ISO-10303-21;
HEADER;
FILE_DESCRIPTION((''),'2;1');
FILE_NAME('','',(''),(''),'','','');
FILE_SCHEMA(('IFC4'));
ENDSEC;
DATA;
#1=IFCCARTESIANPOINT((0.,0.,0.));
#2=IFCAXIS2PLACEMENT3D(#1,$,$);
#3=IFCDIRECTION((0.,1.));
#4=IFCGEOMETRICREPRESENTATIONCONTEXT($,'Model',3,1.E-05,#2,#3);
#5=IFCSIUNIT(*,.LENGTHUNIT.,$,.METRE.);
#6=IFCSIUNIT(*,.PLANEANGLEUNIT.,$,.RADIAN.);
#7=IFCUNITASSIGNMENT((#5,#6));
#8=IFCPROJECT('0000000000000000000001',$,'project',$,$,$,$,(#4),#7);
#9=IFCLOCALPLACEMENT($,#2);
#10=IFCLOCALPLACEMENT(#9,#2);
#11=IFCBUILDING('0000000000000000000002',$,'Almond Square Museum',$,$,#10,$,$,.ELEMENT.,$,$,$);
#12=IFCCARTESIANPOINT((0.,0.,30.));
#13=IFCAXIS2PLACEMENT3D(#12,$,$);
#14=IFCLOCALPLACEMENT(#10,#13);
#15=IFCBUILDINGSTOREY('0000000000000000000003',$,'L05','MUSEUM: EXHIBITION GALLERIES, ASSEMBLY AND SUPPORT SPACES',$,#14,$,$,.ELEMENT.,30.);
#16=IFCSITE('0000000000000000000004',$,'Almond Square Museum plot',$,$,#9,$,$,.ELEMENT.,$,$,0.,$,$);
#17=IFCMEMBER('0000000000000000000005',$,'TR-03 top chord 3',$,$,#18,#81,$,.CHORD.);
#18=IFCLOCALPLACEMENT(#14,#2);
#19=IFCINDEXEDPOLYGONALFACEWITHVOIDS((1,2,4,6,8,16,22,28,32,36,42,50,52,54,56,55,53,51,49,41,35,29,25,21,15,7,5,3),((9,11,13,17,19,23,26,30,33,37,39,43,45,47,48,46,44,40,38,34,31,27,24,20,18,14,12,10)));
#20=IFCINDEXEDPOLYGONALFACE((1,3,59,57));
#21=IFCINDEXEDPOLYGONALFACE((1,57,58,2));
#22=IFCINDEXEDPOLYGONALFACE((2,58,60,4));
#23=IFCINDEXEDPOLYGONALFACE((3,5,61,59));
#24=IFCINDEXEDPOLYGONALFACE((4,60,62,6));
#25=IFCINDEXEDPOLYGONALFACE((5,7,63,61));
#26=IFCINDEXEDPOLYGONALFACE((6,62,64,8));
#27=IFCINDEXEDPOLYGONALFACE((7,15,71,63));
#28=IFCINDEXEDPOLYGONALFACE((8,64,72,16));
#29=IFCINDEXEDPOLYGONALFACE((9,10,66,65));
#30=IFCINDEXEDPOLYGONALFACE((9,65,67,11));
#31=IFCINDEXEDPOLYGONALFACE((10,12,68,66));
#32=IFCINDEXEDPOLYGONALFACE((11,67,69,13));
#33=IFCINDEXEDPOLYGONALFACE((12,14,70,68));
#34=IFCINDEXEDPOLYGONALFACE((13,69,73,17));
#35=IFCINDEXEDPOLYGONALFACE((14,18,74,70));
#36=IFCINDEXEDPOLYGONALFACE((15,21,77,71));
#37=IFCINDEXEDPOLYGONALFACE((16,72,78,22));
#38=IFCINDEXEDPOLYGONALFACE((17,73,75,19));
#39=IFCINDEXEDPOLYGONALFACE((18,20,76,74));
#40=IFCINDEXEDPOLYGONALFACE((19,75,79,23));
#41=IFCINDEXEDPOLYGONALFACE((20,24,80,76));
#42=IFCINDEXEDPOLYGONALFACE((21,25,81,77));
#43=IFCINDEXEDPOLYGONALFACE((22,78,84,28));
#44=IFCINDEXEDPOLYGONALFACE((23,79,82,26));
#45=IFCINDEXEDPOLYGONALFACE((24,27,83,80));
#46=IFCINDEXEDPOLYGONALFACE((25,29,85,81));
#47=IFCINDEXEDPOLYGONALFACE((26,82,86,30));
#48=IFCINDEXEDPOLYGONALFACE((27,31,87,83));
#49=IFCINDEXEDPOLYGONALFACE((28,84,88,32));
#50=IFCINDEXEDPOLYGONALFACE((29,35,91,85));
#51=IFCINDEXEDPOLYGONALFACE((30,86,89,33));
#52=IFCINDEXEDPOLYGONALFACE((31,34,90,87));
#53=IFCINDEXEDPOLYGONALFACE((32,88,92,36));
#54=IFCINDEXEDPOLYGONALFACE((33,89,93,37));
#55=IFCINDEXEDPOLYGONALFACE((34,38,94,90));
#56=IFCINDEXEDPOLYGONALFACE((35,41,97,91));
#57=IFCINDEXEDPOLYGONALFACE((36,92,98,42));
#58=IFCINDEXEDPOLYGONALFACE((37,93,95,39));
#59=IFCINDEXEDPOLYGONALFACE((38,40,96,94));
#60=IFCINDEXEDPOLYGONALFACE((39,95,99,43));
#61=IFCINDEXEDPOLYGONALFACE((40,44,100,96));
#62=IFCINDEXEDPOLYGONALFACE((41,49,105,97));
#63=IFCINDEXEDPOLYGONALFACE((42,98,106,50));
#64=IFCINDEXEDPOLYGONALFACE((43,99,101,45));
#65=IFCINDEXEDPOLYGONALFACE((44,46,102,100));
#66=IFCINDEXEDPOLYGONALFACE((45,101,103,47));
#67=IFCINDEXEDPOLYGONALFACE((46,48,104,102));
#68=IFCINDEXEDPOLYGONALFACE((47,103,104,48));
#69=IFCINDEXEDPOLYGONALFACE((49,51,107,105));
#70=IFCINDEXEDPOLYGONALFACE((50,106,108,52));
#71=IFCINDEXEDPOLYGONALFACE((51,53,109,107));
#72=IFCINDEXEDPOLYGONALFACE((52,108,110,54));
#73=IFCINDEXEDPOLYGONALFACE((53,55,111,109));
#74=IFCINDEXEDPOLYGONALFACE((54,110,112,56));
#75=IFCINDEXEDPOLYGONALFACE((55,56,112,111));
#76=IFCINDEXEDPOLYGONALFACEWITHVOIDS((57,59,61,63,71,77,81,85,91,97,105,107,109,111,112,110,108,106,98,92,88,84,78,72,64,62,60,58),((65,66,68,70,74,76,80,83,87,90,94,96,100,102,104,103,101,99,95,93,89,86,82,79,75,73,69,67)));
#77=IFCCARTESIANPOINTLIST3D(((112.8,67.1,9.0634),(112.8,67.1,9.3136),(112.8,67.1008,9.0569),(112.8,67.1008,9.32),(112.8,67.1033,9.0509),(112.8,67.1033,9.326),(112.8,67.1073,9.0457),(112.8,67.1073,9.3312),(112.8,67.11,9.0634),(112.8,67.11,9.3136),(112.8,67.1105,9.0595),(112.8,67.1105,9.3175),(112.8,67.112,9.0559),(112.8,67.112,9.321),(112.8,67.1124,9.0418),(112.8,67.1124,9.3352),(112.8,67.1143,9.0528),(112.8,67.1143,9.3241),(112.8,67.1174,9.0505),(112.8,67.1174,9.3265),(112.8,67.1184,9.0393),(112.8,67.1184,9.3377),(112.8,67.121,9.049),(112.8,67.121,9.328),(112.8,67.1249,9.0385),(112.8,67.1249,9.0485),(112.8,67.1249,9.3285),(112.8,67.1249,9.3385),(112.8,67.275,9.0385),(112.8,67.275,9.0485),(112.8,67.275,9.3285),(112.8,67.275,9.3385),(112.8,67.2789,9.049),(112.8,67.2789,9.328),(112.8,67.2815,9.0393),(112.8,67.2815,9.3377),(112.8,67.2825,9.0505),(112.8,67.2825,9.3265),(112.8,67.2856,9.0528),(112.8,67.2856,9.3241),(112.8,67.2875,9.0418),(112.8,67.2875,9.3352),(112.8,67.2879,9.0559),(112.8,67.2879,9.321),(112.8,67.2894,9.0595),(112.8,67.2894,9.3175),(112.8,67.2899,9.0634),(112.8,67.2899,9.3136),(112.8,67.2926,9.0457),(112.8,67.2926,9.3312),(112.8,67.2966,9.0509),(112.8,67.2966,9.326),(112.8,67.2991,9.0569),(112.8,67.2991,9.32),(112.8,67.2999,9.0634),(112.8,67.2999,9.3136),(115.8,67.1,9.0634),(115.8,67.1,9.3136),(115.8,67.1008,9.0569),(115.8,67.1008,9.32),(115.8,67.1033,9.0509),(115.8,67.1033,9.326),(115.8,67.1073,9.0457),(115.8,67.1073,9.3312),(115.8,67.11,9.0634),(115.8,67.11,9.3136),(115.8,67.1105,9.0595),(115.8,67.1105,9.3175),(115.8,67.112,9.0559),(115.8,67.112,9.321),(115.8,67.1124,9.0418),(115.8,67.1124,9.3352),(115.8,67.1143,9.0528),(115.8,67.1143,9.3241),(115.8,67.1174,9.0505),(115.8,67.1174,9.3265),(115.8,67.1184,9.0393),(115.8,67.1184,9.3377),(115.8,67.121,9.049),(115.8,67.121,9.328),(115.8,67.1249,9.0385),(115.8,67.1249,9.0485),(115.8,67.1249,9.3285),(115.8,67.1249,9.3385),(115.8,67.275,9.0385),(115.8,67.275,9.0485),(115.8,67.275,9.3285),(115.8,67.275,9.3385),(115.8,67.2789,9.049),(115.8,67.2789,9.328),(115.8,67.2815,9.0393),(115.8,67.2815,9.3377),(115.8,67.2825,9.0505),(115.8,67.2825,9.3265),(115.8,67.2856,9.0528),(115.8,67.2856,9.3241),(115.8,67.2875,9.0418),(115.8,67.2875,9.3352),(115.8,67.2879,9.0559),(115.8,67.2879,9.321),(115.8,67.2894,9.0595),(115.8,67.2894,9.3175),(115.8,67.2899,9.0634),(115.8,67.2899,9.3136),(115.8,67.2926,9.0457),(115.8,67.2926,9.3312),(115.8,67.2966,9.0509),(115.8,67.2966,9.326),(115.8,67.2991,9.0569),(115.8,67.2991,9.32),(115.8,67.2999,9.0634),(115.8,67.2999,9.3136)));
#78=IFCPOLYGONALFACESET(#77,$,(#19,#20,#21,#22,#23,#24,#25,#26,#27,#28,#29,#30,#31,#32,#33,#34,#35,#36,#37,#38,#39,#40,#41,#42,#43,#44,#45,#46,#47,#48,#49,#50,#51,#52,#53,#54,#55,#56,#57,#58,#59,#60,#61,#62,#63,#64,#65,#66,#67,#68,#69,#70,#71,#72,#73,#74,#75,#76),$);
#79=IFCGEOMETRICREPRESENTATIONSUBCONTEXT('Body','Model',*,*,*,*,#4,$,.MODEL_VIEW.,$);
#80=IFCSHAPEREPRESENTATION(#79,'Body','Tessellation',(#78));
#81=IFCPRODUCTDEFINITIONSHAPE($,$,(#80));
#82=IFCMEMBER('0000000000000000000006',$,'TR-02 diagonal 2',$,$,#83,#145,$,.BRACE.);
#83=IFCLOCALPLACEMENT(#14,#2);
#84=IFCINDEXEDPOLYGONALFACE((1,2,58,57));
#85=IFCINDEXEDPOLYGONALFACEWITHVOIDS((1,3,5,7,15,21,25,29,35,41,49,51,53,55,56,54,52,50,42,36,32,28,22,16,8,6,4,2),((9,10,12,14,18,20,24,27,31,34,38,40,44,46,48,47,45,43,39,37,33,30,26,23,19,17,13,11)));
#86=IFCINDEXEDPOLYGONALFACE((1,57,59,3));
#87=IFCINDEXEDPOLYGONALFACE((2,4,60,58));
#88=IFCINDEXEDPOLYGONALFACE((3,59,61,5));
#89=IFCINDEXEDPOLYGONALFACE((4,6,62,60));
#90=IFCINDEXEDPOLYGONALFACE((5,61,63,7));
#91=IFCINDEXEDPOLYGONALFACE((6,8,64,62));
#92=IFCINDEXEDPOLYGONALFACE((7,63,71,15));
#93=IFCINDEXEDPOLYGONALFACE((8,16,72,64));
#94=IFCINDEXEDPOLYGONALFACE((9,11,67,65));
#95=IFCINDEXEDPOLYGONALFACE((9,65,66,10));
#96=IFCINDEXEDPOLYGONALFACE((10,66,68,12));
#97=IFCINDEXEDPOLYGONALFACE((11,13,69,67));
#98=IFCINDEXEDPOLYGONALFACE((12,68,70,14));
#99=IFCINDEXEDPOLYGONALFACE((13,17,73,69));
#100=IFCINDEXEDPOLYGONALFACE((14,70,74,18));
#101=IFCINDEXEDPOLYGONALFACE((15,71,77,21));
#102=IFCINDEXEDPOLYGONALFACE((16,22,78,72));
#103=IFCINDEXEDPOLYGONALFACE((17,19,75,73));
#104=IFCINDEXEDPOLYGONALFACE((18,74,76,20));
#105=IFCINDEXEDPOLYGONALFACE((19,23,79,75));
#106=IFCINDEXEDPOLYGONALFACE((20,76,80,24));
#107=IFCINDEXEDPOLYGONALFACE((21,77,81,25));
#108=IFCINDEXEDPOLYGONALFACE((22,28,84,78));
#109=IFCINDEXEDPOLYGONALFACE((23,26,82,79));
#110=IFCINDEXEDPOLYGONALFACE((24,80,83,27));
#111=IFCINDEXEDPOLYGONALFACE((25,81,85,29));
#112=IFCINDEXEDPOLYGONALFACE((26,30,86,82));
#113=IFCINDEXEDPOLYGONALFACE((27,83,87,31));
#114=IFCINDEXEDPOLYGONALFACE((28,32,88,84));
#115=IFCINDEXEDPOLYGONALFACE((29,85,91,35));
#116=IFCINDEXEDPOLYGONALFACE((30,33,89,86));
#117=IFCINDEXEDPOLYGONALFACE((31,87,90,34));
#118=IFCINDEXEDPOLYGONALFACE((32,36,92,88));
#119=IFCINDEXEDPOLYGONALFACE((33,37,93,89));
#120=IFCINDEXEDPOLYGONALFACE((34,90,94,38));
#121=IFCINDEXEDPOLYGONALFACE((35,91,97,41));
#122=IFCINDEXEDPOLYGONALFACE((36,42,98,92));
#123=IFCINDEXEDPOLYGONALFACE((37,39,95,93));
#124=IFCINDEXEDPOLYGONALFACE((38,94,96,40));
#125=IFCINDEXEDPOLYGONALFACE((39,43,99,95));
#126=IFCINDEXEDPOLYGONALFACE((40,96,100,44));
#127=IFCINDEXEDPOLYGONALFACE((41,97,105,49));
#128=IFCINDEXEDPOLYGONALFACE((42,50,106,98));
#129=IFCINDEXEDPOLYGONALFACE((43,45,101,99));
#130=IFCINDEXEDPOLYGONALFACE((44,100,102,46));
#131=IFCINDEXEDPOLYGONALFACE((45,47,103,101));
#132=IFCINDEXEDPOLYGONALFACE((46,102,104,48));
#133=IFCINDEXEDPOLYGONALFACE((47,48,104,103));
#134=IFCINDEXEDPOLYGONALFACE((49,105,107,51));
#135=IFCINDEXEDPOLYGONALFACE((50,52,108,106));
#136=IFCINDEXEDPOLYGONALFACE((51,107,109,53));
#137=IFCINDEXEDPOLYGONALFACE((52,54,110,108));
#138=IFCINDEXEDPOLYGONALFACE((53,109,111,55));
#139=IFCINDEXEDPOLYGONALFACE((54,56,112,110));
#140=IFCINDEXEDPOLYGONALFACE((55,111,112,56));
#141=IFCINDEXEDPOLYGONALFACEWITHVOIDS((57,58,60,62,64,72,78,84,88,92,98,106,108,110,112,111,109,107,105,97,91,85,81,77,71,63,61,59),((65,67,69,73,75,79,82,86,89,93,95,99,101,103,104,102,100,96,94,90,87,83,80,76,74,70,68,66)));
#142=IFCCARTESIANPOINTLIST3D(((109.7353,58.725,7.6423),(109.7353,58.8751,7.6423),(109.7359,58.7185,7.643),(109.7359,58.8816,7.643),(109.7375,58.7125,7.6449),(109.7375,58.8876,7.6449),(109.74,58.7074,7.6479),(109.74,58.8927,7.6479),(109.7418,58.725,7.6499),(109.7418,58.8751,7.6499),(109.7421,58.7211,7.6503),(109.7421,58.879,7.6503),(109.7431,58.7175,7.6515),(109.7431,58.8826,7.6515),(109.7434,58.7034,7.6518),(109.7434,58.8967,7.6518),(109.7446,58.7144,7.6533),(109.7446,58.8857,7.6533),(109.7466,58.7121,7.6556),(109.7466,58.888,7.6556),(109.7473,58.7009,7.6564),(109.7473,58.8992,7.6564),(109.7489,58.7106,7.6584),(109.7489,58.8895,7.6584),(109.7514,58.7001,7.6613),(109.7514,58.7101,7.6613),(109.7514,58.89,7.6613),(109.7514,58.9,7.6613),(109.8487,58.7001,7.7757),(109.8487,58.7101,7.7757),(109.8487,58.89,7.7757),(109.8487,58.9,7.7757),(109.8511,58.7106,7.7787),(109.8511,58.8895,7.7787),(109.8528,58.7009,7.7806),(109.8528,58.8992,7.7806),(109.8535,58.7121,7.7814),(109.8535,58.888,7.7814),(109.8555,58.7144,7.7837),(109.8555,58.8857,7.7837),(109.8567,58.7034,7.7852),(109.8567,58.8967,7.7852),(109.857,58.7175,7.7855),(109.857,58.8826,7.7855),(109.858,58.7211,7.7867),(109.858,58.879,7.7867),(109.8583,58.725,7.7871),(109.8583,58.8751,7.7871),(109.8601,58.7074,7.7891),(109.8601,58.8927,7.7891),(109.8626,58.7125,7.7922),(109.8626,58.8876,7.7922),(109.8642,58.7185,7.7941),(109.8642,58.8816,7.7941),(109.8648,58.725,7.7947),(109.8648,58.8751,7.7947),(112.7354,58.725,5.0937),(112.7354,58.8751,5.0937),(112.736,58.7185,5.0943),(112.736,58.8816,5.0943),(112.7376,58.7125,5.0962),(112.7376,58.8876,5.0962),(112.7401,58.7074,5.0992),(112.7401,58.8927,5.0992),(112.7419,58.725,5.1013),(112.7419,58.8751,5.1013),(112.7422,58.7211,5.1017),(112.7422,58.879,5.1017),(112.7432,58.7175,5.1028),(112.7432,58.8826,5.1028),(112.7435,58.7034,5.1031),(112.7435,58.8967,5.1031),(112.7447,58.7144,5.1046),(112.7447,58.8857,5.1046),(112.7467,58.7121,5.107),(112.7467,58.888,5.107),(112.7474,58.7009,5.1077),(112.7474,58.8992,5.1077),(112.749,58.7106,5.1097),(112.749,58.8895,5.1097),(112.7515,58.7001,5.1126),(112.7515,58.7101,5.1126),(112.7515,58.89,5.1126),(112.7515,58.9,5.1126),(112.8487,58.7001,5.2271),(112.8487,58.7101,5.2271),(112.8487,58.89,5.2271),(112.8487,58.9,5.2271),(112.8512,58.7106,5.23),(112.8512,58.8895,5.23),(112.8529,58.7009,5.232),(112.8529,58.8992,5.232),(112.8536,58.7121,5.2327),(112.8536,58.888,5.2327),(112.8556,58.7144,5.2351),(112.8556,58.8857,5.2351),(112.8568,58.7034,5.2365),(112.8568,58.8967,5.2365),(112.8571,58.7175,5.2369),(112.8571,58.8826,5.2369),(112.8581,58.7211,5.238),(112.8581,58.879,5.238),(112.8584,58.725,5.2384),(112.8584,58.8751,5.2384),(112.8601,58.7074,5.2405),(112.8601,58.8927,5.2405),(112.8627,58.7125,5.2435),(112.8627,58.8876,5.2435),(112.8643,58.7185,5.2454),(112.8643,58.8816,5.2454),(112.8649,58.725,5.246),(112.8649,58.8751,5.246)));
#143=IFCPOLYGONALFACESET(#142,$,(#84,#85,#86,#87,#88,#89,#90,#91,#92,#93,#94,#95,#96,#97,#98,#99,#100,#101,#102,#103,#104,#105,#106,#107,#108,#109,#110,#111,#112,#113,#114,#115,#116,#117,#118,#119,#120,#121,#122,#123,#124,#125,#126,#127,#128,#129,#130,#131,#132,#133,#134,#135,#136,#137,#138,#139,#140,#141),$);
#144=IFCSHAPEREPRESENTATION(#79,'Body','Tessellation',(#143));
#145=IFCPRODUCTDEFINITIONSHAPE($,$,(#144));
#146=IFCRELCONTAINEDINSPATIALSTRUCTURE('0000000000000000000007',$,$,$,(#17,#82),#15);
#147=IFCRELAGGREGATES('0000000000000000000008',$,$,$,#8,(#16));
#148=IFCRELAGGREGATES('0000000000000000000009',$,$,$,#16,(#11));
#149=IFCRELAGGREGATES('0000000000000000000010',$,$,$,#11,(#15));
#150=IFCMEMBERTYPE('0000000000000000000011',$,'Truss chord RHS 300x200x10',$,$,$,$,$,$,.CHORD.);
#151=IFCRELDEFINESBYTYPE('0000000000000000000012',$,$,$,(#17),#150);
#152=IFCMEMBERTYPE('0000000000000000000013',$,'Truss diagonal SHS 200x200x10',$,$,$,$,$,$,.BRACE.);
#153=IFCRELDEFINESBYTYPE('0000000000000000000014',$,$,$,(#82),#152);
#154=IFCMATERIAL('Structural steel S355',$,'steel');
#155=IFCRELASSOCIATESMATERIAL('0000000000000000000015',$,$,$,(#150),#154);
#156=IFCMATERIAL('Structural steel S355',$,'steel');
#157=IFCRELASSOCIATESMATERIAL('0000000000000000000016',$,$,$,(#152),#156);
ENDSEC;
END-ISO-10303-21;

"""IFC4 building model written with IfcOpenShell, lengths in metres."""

from ifc_helpers import new_model, si_unit, direction, frame, origin, origin_2d, place, context, subcontext, project, spatial, hollow_rectangle, extrude, material, material_profile, profile_set, type_object, element, save


model = new_model("IFC4")

# Units and contexts
model_context = context("Model", 3, precision=1e-05, world=origin(), true_north=direction((0.0, 1.0)))
body_context = subcontext(model_context, "Body", "Model", "MODEL_VIEW")
ifc_project = project(units=[si_unit("LENGTHUNIT", "METRE"), si_unit("PLANEANGLEUNIT", "RADIAN")], contexts=[model_context])

# Site, building, storey
site_placement = place(None, origin())
site = spatial("IfcSite", under=ifc_project, at=site_placement, Name="Almond Square Museum plot", CompositionType="ELEMENT", RefElevation=0.0)
building_placement = place(site_placement, origin())
building = spatial("IfcBuilding", under=site, at=building_placement, Name="Almond Square Museum", CompositionType="ELEMENT")
storey_placement = place(building_placement, frame((0.0, 0.0, 30.0)))
storey = spatial("IfcBuildingStorey", under=building, at=storey_placement, Name="L05", Description="MUSEUM: EXHIBITION GALLERIES, ASSEMBLY AND SUPPORT SPACES", CompositionType="ELEMENT", Elevation=30.0)

# Members
ifc_material_1 = material(Name="Structural steel S355", Category="steel")
ifc_material_profile_1 = material_profile(ifc_material_1, hollow_rectangle(XDim=0.2, YDim=0.3, WallThickness=0.01, InnerFilletRadius=0.0149, OuterFilletRadius=0.0249, at=origin_2d()))
ifc_profile_set_1 = profile_set([ifc_material_profile_1], Name="Structural steel S355")
member_type_1 = type_object("IfcMemberType", Name="Truss chord RHS 300x200x10", PredefinedType="CHORD", material=ifc_profile_set_1)
for number, where, z_axis, x_axis, name in (
    (1, (112.8, 67.2, 9.1885), (1.0, 0.0, 0.0), (0.0, 1.0, 0.0), "TR-03 top chord 3"),
):
    element("IfcMember", number, at=place(storey_placement, frame(where, z_axis=z_axis, x_axis=x_axis)), inside=storey, type_object=member_type_1, Name=name, PredefinedType="CHORD", context=body_context, shape_type="SweptSolid", body=[
        extrude(hollow_rectangle(XDim=0.2, YDim=0.3, WallThickness=0.01, InnerFilletRadius=0.0149, OuterFilletRadius=0.0249, at=origin_2d()), origin(), (0.0, 0.0, 1.0), 3.0),
    ])
ifc_material_2 = material(Name="Structural steel S355", Category="steel")
ifc_material_profile_2 = material_profile(ifc_material_2, hollow_rectangle(XDim=0.2, YDim=0.2, WallThickness=0.01, InnerFilletRadius=0.0149, OuterFilletRadius=0.0249, at=origin_2d()))
ifc_profile_set_2 = profile_set([ifc_material_profile_2], Name="Structural steel S355")
member_type_2 = type_object("IfcMemberType", Name="Truss diagonal SHS 200x200x10", PredefinedType="BRACE", material=ifc_profile_set_2)
for number, where, z_axis, x_axis, name in (
    (2, (109.8, 58.8, 7.7185), (0.762117, 0.0, -0.64744), (0.0, 1.0, 0.0), "TR-02 diagonal 2"),
):
    element("IfcMember", number, at=place(storey_placement, frame(where, z_axis=z_axis, x_axis=x_axis)), inside=storey, type_object=member_type_2, Name=name, PredefinedType="BRACE", context=body_context, shape_type="SweptSolid", body=[
        extrude(hollow_rectangle(XDim=0.2, YDim=0.2, WallThickness=0.01, InnerFilletRadius=0.0149, OuterFilletRadius=0.0249, at=origin_2d()), origin(), (0.0, 0.0, 1.0), 3.9365),
    ])

save(model, "model.ifc")
